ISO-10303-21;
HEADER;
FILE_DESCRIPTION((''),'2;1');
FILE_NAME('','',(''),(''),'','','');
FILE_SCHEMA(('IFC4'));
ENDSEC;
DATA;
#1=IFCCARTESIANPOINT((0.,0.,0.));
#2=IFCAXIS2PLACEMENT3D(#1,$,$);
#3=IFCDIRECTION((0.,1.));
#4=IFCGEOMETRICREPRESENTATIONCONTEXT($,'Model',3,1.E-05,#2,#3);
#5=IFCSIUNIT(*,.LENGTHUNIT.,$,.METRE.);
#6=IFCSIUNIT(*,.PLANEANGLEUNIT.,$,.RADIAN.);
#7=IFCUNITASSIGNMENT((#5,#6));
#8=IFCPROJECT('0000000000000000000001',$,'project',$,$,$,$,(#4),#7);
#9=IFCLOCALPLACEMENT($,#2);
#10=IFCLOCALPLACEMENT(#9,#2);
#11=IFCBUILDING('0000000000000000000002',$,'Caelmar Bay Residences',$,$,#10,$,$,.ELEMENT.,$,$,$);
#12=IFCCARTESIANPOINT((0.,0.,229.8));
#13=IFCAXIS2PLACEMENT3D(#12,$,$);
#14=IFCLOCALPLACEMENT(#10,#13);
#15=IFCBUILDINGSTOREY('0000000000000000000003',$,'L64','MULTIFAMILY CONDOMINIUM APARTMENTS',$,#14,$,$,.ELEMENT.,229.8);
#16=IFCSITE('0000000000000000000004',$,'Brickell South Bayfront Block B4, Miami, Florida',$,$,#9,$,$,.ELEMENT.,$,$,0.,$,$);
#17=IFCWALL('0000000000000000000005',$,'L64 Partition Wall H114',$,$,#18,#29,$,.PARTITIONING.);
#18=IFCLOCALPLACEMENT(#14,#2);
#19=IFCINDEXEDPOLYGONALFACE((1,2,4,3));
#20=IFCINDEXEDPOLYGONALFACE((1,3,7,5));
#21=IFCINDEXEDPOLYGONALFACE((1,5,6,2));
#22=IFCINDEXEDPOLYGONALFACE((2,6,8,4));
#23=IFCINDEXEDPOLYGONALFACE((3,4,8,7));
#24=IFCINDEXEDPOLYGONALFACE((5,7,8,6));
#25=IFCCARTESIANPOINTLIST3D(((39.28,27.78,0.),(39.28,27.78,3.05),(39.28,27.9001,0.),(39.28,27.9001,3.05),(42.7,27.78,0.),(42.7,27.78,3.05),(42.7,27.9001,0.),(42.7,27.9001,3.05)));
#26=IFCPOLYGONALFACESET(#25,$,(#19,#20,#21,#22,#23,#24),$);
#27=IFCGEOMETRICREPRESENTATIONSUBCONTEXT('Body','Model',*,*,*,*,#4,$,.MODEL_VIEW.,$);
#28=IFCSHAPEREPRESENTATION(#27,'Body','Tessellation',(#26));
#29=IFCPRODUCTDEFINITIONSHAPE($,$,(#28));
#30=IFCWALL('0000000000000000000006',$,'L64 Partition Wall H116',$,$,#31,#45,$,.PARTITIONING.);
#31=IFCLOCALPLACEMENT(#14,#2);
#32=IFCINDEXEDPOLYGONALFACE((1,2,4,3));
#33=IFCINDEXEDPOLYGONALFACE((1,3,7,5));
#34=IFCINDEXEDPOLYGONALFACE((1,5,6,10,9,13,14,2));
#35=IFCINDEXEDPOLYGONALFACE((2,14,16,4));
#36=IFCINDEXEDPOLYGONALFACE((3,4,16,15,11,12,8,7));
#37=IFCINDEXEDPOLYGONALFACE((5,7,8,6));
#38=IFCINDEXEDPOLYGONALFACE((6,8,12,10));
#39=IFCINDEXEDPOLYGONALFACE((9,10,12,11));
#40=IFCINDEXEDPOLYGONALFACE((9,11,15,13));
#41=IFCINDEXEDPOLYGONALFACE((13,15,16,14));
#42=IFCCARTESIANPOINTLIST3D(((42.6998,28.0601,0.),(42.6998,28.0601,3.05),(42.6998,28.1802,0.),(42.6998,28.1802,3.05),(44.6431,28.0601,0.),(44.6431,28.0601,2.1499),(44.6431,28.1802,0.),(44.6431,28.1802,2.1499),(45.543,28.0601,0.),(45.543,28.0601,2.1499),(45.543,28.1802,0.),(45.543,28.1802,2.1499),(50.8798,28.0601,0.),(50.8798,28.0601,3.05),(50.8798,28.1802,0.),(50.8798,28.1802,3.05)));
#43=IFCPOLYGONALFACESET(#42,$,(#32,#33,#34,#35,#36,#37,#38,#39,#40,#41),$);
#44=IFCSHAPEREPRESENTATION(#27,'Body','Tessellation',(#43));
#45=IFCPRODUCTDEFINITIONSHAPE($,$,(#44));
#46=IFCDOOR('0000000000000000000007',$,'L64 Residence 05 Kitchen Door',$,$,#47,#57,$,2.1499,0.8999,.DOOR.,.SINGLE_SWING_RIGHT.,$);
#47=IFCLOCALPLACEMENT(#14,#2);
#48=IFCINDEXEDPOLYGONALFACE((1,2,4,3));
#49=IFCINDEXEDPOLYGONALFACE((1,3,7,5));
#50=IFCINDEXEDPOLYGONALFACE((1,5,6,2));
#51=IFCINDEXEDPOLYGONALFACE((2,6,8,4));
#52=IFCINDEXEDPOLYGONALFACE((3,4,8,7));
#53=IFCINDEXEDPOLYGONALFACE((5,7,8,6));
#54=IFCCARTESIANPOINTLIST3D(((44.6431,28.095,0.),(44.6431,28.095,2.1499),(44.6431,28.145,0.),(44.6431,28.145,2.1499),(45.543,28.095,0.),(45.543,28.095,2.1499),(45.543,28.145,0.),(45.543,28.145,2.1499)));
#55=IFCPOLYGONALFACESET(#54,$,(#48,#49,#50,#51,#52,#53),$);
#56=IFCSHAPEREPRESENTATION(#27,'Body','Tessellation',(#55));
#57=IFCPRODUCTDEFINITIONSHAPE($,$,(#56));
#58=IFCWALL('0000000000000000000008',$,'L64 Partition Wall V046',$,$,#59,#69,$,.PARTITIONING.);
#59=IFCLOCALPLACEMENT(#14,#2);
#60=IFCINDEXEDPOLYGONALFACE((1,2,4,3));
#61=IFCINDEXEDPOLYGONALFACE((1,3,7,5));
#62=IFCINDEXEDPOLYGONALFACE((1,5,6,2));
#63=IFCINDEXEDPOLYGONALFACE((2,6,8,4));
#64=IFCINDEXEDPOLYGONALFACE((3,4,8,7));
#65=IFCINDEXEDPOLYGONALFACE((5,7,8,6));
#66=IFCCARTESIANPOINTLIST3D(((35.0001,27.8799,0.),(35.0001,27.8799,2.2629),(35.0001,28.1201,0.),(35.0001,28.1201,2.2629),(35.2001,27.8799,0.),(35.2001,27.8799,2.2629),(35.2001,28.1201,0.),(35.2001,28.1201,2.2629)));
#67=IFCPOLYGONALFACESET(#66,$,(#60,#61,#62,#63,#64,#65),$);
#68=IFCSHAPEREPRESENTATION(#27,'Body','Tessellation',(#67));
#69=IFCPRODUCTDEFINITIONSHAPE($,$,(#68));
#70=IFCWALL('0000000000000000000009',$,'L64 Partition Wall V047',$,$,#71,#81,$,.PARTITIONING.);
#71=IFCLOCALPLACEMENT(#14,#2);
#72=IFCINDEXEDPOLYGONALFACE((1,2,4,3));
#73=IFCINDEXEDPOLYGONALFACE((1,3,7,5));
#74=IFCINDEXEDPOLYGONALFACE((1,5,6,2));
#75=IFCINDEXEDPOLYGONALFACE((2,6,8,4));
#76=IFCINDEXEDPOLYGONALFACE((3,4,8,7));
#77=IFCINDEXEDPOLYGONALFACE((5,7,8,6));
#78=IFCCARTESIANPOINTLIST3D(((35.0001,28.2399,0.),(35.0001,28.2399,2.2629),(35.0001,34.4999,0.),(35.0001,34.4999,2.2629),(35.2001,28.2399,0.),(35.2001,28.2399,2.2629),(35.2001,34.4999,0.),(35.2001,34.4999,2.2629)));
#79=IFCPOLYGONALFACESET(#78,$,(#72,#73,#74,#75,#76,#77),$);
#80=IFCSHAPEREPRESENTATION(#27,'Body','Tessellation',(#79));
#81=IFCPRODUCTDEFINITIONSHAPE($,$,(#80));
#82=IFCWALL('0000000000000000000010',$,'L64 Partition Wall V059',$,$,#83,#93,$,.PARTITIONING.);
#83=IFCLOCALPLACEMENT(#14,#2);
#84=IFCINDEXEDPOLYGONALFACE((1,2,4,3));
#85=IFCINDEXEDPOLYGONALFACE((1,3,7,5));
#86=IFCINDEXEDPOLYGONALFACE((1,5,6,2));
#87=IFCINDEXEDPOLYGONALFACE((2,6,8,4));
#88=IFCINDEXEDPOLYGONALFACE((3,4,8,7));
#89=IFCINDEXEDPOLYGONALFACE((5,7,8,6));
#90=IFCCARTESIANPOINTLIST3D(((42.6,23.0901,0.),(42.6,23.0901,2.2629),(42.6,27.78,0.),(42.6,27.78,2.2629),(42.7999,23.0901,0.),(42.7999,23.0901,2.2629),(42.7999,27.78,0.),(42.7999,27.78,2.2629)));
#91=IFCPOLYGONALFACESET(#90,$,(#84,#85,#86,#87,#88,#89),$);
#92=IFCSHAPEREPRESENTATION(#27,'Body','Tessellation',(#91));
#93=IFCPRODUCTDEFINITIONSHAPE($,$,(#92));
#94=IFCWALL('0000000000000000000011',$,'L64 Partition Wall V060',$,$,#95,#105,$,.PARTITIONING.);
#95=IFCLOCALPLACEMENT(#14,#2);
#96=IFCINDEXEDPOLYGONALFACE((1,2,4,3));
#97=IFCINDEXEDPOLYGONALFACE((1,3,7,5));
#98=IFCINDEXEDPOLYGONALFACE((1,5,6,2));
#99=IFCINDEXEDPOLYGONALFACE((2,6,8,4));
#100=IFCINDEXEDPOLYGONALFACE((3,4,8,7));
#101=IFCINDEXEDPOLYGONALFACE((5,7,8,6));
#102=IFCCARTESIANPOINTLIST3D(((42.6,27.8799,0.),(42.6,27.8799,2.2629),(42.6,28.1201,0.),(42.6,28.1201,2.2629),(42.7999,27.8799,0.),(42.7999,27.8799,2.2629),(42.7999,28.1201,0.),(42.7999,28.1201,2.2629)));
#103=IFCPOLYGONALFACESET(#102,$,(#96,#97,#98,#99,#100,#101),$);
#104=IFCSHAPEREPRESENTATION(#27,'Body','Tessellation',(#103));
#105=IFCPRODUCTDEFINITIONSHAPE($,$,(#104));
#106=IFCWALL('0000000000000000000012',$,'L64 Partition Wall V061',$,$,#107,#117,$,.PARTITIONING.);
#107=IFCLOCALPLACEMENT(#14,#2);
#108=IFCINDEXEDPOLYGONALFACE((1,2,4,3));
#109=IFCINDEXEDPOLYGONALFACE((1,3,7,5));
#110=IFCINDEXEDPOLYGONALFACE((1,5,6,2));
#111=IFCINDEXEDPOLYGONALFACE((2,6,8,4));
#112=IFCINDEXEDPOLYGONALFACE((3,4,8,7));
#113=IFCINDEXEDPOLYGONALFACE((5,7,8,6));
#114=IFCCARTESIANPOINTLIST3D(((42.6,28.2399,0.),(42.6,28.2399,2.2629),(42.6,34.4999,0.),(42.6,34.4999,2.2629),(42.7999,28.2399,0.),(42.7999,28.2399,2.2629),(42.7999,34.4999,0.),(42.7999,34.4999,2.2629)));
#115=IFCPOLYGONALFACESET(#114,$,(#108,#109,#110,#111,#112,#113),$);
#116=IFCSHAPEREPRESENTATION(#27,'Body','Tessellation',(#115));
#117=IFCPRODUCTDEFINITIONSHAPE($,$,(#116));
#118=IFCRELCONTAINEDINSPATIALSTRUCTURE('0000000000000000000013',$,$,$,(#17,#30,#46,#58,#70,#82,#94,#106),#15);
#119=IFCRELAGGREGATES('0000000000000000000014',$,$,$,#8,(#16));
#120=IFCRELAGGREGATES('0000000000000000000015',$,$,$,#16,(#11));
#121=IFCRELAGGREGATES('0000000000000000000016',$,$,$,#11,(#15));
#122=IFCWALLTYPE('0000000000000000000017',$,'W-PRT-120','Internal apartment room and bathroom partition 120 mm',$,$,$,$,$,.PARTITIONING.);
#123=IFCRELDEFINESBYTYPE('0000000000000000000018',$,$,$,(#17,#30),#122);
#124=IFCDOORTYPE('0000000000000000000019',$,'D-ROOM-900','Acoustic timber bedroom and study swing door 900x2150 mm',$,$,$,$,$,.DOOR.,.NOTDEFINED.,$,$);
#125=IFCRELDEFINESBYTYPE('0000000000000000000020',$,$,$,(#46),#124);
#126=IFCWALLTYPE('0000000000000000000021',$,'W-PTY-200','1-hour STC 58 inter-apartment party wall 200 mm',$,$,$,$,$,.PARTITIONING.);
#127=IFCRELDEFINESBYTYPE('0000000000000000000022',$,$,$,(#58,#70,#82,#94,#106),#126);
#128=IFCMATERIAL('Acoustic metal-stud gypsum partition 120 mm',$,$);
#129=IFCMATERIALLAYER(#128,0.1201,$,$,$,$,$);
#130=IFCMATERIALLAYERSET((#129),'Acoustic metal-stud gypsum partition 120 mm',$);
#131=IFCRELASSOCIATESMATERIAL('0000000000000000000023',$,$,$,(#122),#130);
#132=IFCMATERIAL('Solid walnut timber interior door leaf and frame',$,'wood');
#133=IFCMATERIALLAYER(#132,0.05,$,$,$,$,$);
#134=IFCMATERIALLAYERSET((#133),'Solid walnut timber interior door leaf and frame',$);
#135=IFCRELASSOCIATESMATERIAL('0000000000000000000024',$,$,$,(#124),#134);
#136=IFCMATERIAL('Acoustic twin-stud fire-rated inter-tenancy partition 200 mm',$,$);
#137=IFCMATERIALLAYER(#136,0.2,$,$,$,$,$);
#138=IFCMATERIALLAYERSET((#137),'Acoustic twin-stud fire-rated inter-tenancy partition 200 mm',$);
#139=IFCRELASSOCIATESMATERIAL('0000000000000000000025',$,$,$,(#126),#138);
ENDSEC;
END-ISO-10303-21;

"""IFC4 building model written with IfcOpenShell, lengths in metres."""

from ifc_helpers import new_model, si_unit, direction, frame, frame_2d, origin, place, context, subcontext, project, spatial, rectangle, extrude, material, layer, layer_set, type_object, element, fill, save


model = new_model("IFC4")

# Units and contexts
model_context = context("Model", 3, precision=1e-05, world=origin(), true_north=direction((0.0, 1.0)))
body_context = subcontext(model_context, "Body", "Model", "MODEL_VIEW")
ifc_project = project(units=[si_unit("LENGTHUNIT", "METRE"), si_unit("PLANEANGLEUNIT", "RADIAN")], contexts=[model_context])

# Site, building, storey
site_placement = place(None, origin())
site = spatial("IfcSite", under=ifc_project, at=site_placement, Name="Brickell South Bayfront Block B4, Miami, Florida", CompositionType="ELEMENT", RefElevation=0.0)
building_placement = place(site_placement, origin())
building = spatial("IfcBuilding", under=site, at=building_placement, Name="Caelmar Bay Residences", CompositionType="ELEMENT")
storey_placement = place(building_placement, frame((0.0, 0.0, 229.8)))
storey = spatial("IfcBuildingStorey", under=building, at=storey_placement, Name="L64", Description="MULTIFAMILY CONDOMINIUM APARTMENTS", CompositionType="ELEMENT", Elevation=229.8)

# Shared definitions
ifc_material_1 = material(Name="Acoustic metal-stud gypsum partition 120 mm")
ifc_layer_1 = layer(ifc_material_1, 0.1201)
ifc_layer_set_1 = layer_set([ifc_layer_1], Name="Acoustic metal-stud gypsum partition 120 mm")
wall_type_1 = type_object("IfcWallType", Name="W-PRT-120", Description="Internal apartment room and bathroom partition 120 mm", PredefinedType="PARTITIONING", material=ifc_layer_set_1)
ifc_material_2 = material(Name="Solid walnut timber interior door leaf and frame", Category="wood")
ifc_layer_2 = layer(ifc_material_2, 0.05)
ifc_layer_set_2 = layer_set([ifc_layer_2], Name="Solid walnut timber interior door leaf and frame")
door_type_1 = type_object("IfcDoorType", Name="D-ROOM-900", Description="Acoustic timber bedroom and study swing door 900x2150 mm", OperationType="NOTDEFINED", PredefinedType="DOOR", material=ifc_layer_set_2)

# Wall
wall_1_placement = place(storey_placement, frame((39.28, 27.8401, 0.0), z_axis=(0.0, 0.0, 1.0), x_axis=(1.0, 0.0, 0.0)))
element("IfcWall", 1, at=wall_1_placement, inside=storey, type_object=wall_type_1, Name="L64 Partition Wall H114", PredefinedType="PARTITIONING", context=body_context, shape_type="SweptSolid", body=[
    extrude(rectangle(XDim=3.4199, YDim=0.1201, at=frame_2d((1.71, 0.0))), origin(), (0.0, 0.0, 1.0), 3.05),
])

# Wall, opening, door
wall_2_placement = place(storey_placement, frame((42.7, 28.1201, 0.0), z_axis=(0.0, 0.0, 1.0), x_axis=(1.0, 0.0, 0.0)))
wall_2 = element("IfcWall", 2, at=wall_2_placement, inside=storey, type_object=wall_type_1, Name="L64 Partition Wall H116", PredefinedType="PARTITIONING", context=body_context, shape_type="SweptSolid", body=[
    extrude(rectangle(XDim=8.1799, YDim=0.1201, at=frame_2d((4.0898, 0.0))), origin(), (0.0, 0.0, 1.0), 3.05),
])
opening_1_placement = place(wall_2_placement, frame((1.9431, 0.0, 0.0)))
opening_1 = element("IfcOpeningElement", 3, at=opening_1_placement, cuts=wall_2, PredefinedType="OPENING", context=body_context, shape_type="SweptSolid", body=[
    extrude(rectangle(XDim=0.8999, YDim=2.1499, at=frame_2d((0.45, 1.075))), frame((0.0, 0.0701, 0.0), z_axis=(0.0, -1.0, 0.0), x_axis=(1.0, 0.0, 0.0)), (0.0, 0.0, 1.0), 0.1401),
])
door_1_placement = place(opening_1_placement, origin())
door_1 = element("IfcDoor", 4, at=door_1_placement, inside=storey, type_object=door_type_1, Name="L64 Residence 05 Kitchen Door", OperationType="SINGLE_SWING_RIGHT", OverallHeight=2.1499, OverallWidth=0.8999, PredefinedType="DOOR", context=body_context, shape_type="SweptSolid", body=[
    extrude(rectangle(XDim=0.8999, YDim=2.1499, at=frame_2d((0.45, 1.075))), frame((0.0, 0.0249, 0.0), z_axis=(0.0, -1.0, 0.0), x_axis=(1.0, 0.0, 0.0)), (0.0, 0.0, 1.0), 0.05),
])
fill(opening_1, door_1)

# Walls
ifc_material_3 = material(Name="Acoustic twin-stud fire-rated inter-tenancy partition 200 mm")
ifc_layer_3 = layer(ifc_material_3, 0.2)
ifc_layer_set_3 = layer_set([ifc_layer_3], Name="Acoustic twin-stud fire-rated inter-tenancy partition 200 mm")
wall_type_2 = type_object("IfcWallType", Name="W-PTY-200", Description="1-hour STC 58 inter-apartment party wall 200 mm", PredefinedType="PARTITIONING", material=ifc_layer_set_3)
wall_3_placement = place(storey_placement, frame((35.1001, 27.8799, 0.0), z_axis=(0.0, 0.0, 1.0), x_axis=(0.0, 1.0, 0.0)))
element("IfcWall", 5, at=wall_3_placement, inside=storey, type_object=wall_type_2, Name="L64 Partition Wall V046", PredefinedType="PARTITIONING", context=body_context, shape_type="SweptSolid", body=[
    extrude(rectangle(XDim=0.2402, YDim=0.2, at=frame_2d((0.1201, 0.0))), origin(), (0.0, 0.0, 1.0), 2.2629),
])
wall_4_placement = place(storey_placement, frame((35.1001, 28.24, 0.0), z_axis=(0.0, 0.0, 1.0), x_axis=(0.0, 1.0, 0.0)))
element("IfcWall", 6, at=wall_4_placement, inside=storey, type_object=wall_type_2, Name="L64 Partition Wall V047", PredefinedType="PARTITIONING", context=body_context, shape_type="SweptSolid", body=[
    extrude(rectangle(XDim=6.26, YDim=0.2, at=frame_2d((3.1299, 0.0))), origin(), (0.0, 0.0, 1.0), 2.2629),
])
wall_5_placement = place(storey_placement, frame((42.7, 23.0901, 0.0), z_axis=(0.0, 0.0, 1.0), x_axis=(0.0, 1.0, 0.0)))
element("IfcWall", 7, at=wall_5_placement, inside=storey, type_object=wall_type_2, Name="L64 Partition Wall V059", PredefinedType="PARTITIONING", context=body_context, shape_type="SweptSolid", body=[
    extrude(rectangle(XDim=4.6899, YDim=0.2, at=frame_2d((2.345, 0.0))), origin(), (0.0, 0.0, 1.0), 2.2629),
])
wall_6_placement = place(storey_placement, frame((42.7, 27.8799, 0.0), z_axis=(0.0, 0.0, 1.0), x_axis=(0.0, 1.0, 0.0)))
element("IfcWall", 8, at=wall_6_placement, inside=storey, type_object=wall_type_2, Name="L64 Partition Wall V060", PredefinedType="PARTITIONING", context=body_context, shape_type="SweptSolid", body=[
    extrude(rectangle(XDim=0.2402, YDim=0.2, at=frame_2d((0.1201, 0.0))), origin(), (0.0, 0.0, 1.0), 2.2629),
])
wall_7_placement = place(storey_placement, frame((42.7, 28.24, 0.0), z_axis=(0.0, 0.0, 1.0), x_axis=(0.0, 1.0, 0.0)))
element("IfcWall", 9, at=wall_7_placement, inside=storey, type_object=wall_type_2, Name="L64 Partition Wall V061", PredefinedType="PARTITIONING", context=body_context, shape_type="SweptSolid", body=[
    extrude(rectangle(XDim=6.26, YDim=0.2, at=frame_2d((3.1299, 0.0))), origin(), (0.0, 0.0, 1.0), 2.2629),
])

save(model, "model.ifc")
